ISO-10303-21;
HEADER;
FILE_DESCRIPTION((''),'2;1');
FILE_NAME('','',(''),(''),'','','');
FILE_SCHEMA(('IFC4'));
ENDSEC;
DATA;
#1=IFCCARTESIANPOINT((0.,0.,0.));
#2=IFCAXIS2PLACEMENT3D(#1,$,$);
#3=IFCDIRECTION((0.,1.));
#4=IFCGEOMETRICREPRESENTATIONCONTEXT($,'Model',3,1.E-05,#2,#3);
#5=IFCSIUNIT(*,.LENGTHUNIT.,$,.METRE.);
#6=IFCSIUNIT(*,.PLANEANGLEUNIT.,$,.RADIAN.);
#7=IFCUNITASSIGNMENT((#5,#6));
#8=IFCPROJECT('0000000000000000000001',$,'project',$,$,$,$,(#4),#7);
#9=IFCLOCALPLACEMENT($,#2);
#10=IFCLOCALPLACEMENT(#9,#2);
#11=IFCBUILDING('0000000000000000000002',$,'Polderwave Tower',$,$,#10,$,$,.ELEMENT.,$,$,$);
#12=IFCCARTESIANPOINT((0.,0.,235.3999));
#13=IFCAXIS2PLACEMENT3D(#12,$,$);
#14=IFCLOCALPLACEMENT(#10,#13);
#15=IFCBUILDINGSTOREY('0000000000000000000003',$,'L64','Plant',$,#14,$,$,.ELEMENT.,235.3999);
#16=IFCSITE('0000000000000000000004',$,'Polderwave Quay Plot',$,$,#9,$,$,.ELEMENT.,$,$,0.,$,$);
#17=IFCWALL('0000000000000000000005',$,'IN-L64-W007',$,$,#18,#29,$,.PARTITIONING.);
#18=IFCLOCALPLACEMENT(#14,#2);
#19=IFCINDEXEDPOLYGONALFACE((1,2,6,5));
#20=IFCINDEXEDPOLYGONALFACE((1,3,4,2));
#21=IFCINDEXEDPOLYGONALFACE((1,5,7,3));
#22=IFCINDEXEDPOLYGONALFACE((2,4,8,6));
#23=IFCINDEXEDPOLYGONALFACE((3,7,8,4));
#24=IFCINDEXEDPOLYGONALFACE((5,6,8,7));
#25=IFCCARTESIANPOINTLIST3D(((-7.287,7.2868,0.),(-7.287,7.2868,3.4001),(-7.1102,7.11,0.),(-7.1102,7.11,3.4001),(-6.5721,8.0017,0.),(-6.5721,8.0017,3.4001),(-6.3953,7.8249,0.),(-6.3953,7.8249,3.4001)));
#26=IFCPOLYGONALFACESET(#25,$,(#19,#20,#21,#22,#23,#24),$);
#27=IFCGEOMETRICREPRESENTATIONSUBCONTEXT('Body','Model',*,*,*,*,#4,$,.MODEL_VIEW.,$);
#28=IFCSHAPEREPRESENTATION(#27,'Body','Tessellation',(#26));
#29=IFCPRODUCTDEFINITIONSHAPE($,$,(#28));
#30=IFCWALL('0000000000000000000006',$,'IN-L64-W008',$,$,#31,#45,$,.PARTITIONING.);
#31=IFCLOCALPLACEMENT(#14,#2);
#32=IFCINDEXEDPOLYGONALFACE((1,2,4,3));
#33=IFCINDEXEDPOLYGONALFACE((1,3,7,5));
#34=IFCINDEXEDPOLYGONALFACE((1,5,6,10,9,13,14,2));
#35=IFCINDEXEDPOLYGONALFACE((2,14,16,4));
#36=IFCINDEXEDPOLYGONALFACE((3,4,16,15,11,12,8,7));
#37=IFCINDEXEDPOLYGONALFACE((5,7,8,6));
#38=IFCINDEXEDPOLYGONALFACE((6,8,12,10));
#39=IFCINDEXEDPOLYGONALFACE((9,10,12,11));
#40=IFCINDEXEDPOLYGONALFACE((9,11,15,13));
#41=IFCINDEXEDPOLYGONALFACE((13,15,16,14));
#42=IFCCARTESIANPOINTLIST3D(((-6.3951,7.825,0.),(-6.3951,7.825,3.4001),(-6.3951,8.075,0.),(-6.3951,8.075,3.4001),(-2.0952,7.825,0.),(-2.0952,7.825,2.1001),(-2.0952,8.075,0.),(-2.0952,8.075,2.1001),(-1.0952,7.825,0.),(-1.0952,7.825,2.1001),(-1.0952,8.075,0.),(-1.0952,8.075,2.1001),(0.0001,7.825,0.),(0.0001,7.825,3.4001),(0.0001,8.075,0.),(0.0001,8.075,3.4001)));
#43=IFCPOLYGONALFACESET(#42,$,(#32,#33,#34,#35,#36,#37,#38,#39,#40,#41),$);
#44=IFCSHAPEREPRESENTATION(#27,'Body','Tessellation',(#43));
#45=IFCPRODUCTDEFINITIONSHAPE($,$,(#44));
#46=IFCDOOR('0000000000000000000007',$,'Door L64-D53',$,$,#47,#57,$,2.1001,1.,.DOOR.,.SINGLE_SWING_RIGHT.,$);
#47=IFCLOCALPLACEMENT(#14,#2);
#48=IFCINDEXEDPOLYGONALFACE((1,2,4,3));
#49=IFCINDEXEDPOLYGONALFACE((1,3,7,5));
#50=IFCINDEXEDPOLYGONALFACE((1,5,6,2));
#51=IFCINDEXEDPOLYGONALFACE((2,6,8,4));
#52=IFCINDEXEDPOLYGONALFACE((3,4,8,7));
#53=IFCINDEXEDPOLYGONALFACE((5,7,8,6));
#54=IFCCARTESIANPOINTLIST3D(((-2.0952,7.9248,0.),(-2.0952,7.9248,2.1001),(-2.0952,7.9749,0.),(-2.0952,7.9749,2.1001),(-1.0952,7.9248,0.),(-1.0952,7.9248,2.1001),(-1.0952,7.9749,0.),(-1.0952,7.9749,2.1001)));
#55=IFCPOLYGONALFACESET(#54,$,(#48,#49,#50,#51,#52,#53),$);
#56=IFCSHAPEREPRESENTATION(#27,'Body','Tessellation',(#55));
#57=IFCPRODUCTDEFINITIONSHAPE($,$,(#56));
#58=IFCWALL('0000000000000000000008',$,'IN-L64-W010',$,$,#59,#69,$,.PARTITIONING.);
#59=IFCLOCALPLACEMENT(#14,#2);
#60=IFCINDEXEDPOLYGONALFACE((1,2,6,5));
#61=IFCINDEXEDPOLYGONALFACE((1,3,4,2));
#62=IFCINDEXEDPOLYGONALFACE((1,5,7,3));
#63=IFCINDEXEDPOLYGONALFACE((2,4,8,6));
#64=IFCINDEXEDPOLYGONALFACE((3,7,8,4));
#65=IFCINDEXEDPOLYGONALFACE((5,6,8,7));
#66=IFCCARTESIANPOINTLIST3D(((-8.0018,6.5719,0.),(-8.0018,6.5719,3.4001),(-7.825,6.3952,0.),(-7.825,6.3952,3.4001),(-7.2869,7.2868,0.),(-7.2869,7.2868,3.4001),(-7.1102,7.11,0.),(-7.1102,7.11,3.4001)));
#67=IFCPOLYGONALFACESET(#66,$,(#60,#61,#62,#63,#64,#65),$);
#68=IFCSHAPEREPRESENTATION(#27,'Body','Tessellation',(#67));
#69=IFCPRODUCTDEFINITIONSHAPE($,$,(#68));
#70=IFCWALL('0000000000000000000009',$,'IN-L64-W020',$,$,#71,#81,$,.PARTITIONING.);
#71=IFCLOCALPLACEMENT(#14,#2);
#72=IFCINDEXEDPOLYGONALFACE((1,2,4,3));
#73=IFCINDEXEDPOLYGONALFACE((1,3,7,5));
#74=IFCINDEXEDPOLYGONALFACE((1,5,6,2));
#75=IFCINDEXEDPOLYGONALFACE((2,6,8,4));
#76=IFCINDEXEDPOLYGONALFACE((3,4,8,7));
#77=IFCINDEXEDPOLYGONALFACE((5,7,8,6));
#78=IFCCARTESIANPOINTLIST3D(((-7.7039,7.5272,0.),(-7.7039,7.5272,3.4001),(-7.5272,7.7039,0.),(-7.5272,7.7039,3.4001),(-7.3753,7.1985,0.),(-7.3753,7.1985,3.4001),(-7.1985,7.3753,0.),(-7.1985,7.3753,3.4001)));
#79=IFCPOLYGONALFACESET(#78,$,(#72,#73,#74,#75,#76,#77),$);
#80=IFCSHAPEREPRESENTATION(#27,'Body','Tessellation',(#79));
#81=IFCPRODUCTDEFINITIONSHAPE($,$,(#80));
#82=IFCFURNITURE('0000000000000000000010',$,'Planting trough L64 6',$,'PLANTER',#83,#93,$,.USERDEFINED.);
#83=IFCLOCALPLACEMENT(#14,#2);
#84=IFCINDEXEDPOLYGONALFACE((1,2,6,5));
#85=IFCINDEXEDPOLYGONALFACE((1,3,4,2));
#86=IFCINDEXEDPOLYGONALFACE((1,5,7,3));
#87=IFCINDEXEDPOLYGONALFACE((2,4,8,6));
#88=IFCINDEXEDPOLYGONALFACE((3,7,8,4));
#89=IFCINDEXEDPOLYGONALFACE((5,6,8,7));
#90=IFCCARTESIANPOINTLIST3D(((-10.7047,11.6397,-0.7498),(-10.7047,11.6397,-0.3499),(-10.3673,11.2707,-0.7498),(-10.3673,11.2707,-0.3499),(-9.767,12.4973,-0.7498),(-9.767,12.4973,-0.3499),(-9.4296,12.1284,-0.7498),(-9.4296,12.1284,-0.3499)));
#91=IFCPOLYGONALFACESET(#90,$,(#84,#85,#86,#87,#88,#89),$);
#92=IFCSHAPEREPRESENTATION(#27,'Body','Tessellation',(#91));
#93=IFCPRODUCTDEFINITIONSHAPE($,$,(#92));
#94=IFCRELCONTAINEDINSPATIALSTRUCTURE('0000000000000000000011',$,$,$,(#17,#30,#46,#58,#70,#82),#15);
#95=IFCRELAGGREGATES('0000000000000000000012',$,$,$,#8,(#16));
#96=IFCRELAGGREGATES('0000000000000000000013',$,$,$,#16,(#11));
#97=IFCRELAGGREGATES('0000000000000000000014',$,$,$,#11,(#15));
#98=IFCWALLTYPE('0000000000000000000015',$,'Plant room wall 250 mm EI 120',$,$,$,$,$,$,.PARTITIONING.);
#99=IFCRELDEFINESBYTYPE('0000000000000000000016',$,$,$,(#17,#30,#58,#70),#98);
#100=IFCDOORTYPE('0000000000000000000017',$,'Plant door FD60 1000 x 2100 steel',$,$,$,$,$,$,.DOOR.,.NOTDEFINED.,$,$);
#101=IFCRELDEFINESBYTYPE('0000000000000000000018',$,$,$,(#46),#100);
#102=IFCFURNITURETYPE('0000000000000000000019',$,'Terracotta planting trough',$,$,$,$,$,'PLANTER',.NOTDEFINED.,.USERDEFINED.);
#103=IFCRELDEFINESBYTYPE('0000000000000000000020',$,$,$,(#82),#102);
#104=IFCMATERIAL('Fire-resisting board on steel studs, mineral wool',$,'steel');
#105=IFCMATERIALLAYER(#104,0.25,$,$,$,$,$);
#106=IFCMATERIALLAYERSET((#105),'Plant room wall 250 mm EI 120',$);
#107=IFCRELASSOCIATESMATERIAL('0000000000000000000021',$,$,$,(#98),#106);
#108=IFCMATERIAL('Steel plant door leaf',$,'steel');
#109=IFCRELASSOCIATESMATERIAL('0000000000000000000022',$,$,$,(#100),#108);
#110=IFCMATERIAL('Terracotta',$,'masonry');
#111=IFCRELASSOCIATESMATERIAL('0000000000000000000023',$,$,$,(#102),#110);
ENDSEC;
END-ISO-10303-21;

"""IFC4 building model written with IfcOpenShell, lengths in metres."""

from ifc_helpers import new_model, si_unit, direction, frame, frame_2d, origin, origin_2d, place, context, subcontext, project, spatial, rectangle, extrude, material, layer, layer_set, type_object, element, fill, save


model = new_model("IFC4")

# Units and contexts
model_context = context("Model", 3, precision=1e-05, world=origin(), true_north=direction((0.0, 1.0)))
body_context = subcontext(model_context, "Body", "Model", "MODEL_VIEW")
ifc_project = project(units=[si_unit("LENGTHUNIT", "METRE"), si_unit("PLANEANGLEUNIT", "RADIAN")], contexts=[model_context])

# Site, building, storey
site_placement = place(None, origin())
site = spatial("IfcSite", under=ifc_project, at=site_placement, Name="Polderwave Quay Plot", CompositionType="ELEMENT", RefElevation=0.0)
building_placement = place(site_placement, origin())
building = spatial("IfcBuilding", under=site, at=building_placement, Name="Polderwave Tower", CompositionType="ELEMENT")
storey_placement = place(building_placement, frame((0.0, 0.0, 235.3999)))
storey = spatial("IfcBuildingStorey", under=building, at=storey_placement, Name="L64", Description="Plant", CompositionType="ELEMENT", Elevation=235.3999)

# Wall
ifc_material_1 = material(Name="Fire-resisting board on steel studs, mineral wool", Category="steel")
ifc_layer_1 = layer(ifc_material_1, 0.25)
ifc_layer_set_1 = layer_set([ifc_layer_1], Name="Plant room wall 250 mm EI 120")
wall_type = type_object("IfcWallType", Name="Plant room wall 250 mm EI 120", PredefinedType="PARTITIONING", material=ifc_layer_set_1)
wall_1_placement = place(storey_placement, frame((-7.1985, 7.1985, 0.0), z_axis=(0.0, 0.0, 1.0), x_axis=(0.707107, 0.707107, 0.0)))
element("IfcWall", 1, at=wall_1_placement, inside=storey, type_object=wall_type, Name="IN-L64-W007", PredefinedType="PARTITIONING", context=body_context, shape_type="SweptSolid", body=[
    extrude(rectangle(XDim=1.011, YDim=0.25, at=frame_2d((0.5054, 0.0))), origin(), (0.0, 0.0, 1.0), 3.4001),
])

# Wall, opening, door
wall_2_placement = place(storey_placement, frame((-6.3953, 7.95, 0.0), z_axis=(0.0, 0.0, 1.0), x_axis=(1.0, 0.0, 0.0)))
wall_2 = element("IfcWall", 2, at=wall_2_placement, inside=storey, type_object=wall_type, Name="IN-L64-W008", PredefinedType="PARTITIONING", context=body_context, shape_type="SweptSolid", body=[
    extrude(rectangle(XDim=6.3953, YDim=0.25, at=frame_2d((3.1978, 0.0))), origin(), (0.0, 0.0, 1.0), 3.4001),
])
opening_placement = place(wall_2_placement, frame((4.3, 0.0, 0.0)))
opening = element("IfcOpeningElement", 3, at=opening_placement, cuts=wall_2, PredefinedType="OPENING", context=body_context, shape_type="SweptSolid", body=[
    extrude(rectangle(XDim=1.0, YDim=2.1001, at=frame_2d((0.5, 1.05))), frame((0.0, 0.135, 0.0), z_axis=(0.0, -1.0, 0.0), x_axis=(1.0, 0.0, 0.0)), (0.0, 0.0, 1.0), 0.27),
])
ifc_material_2 = material(Name="Steel plant door leaf", Category="steel")
door_type = type_object("IfcDoorType", Name="Plant door FD60 1000 x 2100 steel", OperationType="NOTDEFINED", PredefinedType="DOOR", material=ifc_material_2)
door_placement = place(opening_placement, origin())
door = element("IfcDoor", 4, at=door_placement, inside=storey, type_object=door_type, Name="Door L64-D53", OperationType="SINGLE_SWING_RIGHT", OverallHeight=2.1001, OverallWidth=1.0, PredefinedType="DOOR", context=body_context, shape_type="SweptSolid", body=[
    extrude(rectangle(XDim=1.0, YDim=2.1001, at=frame_2d((0.5, 1.05))), frame((0.0, 0.0249, 0.0), z_axis=(0.0, -1.0, 0.0), x_axis=(1.0, 0.0, 0.0)), (0.0, 0.0, 1.0), 0.05),
])
fill(opening, door)

# Walls
wall_3_placement = place(storey_placement, frame((-7.9133, 6.4836, 0.0), z_axis=(0.0, 0.0, 1.0), x_axis=(0.707107, 0.707107, 0.0)))
element("IfcWall", 5, at=wall_3_placement, inside=storey, type_object=wall_type, Name="IN-L64-W010", PredefinedType="PARTITIONING", context=body_context, shape_type="SweptSolid", body=[
    extrude(rectangle(XDim=1.011, YDim=0.25, at=frame_2d((0.5054, 0.0))), origin(), (0.0, 0.0, 1.0), 3.4001),
])
wall_4_placement = place(storey_placement, frame((-7.2869, 7.2869, 0.0), z_axis=(0.0, 0.0, 1.0), x_axis=(-0.707107, 0.707107, 0.0)))
element("IfcWall", 6, at=wall_4_placement, inside=storey, type_object=wall_type, Name="IN-L64-W020", PredefinedType="PARTITIONING", context=body_context, shape_type="SweptSolid", body=[
    extrude(rectangle(XDim=0.4648, YDim=0.25, at=frame_2d((0.2324, 0.0))), origin(), (0.0, 0.0, 1.0), 3.4001),
])

# Furniture
ifc_material_3 = material(Name="Terracotta", Category="masonry")
furniture_type = type_object("IfcFurnitureType", Name="Terracotta planting trough", ElementType="PLANTER", AssemblyPlace="NOTDEFINED", PredefinedType="USERDEFINED", material=ifc_material_3)
furniture_placement = place(storey_placement, frame((-10.0671, 11.884, -0.7498), z_axis=(0.0, 0.0, 1.0), x_axis=(-0.7379, -0.67491, 0.0)))
element("IfcFurniture", 7, at=furniture_placement, inside=storey, type_object=furniture_type, Name="Planting trough L64 6", ObjectType="PLANTER", PredefinedType="USERDEFINED", context=body_context, shape_type="SweptSolid", body=[
    extrude(rectangle(XDim=1.2708, YDim=0.5, at=origin_2d()), origin(), (0.0, 0.0, 1.0), 0.3999),
])

save(model, "model.ifc")
